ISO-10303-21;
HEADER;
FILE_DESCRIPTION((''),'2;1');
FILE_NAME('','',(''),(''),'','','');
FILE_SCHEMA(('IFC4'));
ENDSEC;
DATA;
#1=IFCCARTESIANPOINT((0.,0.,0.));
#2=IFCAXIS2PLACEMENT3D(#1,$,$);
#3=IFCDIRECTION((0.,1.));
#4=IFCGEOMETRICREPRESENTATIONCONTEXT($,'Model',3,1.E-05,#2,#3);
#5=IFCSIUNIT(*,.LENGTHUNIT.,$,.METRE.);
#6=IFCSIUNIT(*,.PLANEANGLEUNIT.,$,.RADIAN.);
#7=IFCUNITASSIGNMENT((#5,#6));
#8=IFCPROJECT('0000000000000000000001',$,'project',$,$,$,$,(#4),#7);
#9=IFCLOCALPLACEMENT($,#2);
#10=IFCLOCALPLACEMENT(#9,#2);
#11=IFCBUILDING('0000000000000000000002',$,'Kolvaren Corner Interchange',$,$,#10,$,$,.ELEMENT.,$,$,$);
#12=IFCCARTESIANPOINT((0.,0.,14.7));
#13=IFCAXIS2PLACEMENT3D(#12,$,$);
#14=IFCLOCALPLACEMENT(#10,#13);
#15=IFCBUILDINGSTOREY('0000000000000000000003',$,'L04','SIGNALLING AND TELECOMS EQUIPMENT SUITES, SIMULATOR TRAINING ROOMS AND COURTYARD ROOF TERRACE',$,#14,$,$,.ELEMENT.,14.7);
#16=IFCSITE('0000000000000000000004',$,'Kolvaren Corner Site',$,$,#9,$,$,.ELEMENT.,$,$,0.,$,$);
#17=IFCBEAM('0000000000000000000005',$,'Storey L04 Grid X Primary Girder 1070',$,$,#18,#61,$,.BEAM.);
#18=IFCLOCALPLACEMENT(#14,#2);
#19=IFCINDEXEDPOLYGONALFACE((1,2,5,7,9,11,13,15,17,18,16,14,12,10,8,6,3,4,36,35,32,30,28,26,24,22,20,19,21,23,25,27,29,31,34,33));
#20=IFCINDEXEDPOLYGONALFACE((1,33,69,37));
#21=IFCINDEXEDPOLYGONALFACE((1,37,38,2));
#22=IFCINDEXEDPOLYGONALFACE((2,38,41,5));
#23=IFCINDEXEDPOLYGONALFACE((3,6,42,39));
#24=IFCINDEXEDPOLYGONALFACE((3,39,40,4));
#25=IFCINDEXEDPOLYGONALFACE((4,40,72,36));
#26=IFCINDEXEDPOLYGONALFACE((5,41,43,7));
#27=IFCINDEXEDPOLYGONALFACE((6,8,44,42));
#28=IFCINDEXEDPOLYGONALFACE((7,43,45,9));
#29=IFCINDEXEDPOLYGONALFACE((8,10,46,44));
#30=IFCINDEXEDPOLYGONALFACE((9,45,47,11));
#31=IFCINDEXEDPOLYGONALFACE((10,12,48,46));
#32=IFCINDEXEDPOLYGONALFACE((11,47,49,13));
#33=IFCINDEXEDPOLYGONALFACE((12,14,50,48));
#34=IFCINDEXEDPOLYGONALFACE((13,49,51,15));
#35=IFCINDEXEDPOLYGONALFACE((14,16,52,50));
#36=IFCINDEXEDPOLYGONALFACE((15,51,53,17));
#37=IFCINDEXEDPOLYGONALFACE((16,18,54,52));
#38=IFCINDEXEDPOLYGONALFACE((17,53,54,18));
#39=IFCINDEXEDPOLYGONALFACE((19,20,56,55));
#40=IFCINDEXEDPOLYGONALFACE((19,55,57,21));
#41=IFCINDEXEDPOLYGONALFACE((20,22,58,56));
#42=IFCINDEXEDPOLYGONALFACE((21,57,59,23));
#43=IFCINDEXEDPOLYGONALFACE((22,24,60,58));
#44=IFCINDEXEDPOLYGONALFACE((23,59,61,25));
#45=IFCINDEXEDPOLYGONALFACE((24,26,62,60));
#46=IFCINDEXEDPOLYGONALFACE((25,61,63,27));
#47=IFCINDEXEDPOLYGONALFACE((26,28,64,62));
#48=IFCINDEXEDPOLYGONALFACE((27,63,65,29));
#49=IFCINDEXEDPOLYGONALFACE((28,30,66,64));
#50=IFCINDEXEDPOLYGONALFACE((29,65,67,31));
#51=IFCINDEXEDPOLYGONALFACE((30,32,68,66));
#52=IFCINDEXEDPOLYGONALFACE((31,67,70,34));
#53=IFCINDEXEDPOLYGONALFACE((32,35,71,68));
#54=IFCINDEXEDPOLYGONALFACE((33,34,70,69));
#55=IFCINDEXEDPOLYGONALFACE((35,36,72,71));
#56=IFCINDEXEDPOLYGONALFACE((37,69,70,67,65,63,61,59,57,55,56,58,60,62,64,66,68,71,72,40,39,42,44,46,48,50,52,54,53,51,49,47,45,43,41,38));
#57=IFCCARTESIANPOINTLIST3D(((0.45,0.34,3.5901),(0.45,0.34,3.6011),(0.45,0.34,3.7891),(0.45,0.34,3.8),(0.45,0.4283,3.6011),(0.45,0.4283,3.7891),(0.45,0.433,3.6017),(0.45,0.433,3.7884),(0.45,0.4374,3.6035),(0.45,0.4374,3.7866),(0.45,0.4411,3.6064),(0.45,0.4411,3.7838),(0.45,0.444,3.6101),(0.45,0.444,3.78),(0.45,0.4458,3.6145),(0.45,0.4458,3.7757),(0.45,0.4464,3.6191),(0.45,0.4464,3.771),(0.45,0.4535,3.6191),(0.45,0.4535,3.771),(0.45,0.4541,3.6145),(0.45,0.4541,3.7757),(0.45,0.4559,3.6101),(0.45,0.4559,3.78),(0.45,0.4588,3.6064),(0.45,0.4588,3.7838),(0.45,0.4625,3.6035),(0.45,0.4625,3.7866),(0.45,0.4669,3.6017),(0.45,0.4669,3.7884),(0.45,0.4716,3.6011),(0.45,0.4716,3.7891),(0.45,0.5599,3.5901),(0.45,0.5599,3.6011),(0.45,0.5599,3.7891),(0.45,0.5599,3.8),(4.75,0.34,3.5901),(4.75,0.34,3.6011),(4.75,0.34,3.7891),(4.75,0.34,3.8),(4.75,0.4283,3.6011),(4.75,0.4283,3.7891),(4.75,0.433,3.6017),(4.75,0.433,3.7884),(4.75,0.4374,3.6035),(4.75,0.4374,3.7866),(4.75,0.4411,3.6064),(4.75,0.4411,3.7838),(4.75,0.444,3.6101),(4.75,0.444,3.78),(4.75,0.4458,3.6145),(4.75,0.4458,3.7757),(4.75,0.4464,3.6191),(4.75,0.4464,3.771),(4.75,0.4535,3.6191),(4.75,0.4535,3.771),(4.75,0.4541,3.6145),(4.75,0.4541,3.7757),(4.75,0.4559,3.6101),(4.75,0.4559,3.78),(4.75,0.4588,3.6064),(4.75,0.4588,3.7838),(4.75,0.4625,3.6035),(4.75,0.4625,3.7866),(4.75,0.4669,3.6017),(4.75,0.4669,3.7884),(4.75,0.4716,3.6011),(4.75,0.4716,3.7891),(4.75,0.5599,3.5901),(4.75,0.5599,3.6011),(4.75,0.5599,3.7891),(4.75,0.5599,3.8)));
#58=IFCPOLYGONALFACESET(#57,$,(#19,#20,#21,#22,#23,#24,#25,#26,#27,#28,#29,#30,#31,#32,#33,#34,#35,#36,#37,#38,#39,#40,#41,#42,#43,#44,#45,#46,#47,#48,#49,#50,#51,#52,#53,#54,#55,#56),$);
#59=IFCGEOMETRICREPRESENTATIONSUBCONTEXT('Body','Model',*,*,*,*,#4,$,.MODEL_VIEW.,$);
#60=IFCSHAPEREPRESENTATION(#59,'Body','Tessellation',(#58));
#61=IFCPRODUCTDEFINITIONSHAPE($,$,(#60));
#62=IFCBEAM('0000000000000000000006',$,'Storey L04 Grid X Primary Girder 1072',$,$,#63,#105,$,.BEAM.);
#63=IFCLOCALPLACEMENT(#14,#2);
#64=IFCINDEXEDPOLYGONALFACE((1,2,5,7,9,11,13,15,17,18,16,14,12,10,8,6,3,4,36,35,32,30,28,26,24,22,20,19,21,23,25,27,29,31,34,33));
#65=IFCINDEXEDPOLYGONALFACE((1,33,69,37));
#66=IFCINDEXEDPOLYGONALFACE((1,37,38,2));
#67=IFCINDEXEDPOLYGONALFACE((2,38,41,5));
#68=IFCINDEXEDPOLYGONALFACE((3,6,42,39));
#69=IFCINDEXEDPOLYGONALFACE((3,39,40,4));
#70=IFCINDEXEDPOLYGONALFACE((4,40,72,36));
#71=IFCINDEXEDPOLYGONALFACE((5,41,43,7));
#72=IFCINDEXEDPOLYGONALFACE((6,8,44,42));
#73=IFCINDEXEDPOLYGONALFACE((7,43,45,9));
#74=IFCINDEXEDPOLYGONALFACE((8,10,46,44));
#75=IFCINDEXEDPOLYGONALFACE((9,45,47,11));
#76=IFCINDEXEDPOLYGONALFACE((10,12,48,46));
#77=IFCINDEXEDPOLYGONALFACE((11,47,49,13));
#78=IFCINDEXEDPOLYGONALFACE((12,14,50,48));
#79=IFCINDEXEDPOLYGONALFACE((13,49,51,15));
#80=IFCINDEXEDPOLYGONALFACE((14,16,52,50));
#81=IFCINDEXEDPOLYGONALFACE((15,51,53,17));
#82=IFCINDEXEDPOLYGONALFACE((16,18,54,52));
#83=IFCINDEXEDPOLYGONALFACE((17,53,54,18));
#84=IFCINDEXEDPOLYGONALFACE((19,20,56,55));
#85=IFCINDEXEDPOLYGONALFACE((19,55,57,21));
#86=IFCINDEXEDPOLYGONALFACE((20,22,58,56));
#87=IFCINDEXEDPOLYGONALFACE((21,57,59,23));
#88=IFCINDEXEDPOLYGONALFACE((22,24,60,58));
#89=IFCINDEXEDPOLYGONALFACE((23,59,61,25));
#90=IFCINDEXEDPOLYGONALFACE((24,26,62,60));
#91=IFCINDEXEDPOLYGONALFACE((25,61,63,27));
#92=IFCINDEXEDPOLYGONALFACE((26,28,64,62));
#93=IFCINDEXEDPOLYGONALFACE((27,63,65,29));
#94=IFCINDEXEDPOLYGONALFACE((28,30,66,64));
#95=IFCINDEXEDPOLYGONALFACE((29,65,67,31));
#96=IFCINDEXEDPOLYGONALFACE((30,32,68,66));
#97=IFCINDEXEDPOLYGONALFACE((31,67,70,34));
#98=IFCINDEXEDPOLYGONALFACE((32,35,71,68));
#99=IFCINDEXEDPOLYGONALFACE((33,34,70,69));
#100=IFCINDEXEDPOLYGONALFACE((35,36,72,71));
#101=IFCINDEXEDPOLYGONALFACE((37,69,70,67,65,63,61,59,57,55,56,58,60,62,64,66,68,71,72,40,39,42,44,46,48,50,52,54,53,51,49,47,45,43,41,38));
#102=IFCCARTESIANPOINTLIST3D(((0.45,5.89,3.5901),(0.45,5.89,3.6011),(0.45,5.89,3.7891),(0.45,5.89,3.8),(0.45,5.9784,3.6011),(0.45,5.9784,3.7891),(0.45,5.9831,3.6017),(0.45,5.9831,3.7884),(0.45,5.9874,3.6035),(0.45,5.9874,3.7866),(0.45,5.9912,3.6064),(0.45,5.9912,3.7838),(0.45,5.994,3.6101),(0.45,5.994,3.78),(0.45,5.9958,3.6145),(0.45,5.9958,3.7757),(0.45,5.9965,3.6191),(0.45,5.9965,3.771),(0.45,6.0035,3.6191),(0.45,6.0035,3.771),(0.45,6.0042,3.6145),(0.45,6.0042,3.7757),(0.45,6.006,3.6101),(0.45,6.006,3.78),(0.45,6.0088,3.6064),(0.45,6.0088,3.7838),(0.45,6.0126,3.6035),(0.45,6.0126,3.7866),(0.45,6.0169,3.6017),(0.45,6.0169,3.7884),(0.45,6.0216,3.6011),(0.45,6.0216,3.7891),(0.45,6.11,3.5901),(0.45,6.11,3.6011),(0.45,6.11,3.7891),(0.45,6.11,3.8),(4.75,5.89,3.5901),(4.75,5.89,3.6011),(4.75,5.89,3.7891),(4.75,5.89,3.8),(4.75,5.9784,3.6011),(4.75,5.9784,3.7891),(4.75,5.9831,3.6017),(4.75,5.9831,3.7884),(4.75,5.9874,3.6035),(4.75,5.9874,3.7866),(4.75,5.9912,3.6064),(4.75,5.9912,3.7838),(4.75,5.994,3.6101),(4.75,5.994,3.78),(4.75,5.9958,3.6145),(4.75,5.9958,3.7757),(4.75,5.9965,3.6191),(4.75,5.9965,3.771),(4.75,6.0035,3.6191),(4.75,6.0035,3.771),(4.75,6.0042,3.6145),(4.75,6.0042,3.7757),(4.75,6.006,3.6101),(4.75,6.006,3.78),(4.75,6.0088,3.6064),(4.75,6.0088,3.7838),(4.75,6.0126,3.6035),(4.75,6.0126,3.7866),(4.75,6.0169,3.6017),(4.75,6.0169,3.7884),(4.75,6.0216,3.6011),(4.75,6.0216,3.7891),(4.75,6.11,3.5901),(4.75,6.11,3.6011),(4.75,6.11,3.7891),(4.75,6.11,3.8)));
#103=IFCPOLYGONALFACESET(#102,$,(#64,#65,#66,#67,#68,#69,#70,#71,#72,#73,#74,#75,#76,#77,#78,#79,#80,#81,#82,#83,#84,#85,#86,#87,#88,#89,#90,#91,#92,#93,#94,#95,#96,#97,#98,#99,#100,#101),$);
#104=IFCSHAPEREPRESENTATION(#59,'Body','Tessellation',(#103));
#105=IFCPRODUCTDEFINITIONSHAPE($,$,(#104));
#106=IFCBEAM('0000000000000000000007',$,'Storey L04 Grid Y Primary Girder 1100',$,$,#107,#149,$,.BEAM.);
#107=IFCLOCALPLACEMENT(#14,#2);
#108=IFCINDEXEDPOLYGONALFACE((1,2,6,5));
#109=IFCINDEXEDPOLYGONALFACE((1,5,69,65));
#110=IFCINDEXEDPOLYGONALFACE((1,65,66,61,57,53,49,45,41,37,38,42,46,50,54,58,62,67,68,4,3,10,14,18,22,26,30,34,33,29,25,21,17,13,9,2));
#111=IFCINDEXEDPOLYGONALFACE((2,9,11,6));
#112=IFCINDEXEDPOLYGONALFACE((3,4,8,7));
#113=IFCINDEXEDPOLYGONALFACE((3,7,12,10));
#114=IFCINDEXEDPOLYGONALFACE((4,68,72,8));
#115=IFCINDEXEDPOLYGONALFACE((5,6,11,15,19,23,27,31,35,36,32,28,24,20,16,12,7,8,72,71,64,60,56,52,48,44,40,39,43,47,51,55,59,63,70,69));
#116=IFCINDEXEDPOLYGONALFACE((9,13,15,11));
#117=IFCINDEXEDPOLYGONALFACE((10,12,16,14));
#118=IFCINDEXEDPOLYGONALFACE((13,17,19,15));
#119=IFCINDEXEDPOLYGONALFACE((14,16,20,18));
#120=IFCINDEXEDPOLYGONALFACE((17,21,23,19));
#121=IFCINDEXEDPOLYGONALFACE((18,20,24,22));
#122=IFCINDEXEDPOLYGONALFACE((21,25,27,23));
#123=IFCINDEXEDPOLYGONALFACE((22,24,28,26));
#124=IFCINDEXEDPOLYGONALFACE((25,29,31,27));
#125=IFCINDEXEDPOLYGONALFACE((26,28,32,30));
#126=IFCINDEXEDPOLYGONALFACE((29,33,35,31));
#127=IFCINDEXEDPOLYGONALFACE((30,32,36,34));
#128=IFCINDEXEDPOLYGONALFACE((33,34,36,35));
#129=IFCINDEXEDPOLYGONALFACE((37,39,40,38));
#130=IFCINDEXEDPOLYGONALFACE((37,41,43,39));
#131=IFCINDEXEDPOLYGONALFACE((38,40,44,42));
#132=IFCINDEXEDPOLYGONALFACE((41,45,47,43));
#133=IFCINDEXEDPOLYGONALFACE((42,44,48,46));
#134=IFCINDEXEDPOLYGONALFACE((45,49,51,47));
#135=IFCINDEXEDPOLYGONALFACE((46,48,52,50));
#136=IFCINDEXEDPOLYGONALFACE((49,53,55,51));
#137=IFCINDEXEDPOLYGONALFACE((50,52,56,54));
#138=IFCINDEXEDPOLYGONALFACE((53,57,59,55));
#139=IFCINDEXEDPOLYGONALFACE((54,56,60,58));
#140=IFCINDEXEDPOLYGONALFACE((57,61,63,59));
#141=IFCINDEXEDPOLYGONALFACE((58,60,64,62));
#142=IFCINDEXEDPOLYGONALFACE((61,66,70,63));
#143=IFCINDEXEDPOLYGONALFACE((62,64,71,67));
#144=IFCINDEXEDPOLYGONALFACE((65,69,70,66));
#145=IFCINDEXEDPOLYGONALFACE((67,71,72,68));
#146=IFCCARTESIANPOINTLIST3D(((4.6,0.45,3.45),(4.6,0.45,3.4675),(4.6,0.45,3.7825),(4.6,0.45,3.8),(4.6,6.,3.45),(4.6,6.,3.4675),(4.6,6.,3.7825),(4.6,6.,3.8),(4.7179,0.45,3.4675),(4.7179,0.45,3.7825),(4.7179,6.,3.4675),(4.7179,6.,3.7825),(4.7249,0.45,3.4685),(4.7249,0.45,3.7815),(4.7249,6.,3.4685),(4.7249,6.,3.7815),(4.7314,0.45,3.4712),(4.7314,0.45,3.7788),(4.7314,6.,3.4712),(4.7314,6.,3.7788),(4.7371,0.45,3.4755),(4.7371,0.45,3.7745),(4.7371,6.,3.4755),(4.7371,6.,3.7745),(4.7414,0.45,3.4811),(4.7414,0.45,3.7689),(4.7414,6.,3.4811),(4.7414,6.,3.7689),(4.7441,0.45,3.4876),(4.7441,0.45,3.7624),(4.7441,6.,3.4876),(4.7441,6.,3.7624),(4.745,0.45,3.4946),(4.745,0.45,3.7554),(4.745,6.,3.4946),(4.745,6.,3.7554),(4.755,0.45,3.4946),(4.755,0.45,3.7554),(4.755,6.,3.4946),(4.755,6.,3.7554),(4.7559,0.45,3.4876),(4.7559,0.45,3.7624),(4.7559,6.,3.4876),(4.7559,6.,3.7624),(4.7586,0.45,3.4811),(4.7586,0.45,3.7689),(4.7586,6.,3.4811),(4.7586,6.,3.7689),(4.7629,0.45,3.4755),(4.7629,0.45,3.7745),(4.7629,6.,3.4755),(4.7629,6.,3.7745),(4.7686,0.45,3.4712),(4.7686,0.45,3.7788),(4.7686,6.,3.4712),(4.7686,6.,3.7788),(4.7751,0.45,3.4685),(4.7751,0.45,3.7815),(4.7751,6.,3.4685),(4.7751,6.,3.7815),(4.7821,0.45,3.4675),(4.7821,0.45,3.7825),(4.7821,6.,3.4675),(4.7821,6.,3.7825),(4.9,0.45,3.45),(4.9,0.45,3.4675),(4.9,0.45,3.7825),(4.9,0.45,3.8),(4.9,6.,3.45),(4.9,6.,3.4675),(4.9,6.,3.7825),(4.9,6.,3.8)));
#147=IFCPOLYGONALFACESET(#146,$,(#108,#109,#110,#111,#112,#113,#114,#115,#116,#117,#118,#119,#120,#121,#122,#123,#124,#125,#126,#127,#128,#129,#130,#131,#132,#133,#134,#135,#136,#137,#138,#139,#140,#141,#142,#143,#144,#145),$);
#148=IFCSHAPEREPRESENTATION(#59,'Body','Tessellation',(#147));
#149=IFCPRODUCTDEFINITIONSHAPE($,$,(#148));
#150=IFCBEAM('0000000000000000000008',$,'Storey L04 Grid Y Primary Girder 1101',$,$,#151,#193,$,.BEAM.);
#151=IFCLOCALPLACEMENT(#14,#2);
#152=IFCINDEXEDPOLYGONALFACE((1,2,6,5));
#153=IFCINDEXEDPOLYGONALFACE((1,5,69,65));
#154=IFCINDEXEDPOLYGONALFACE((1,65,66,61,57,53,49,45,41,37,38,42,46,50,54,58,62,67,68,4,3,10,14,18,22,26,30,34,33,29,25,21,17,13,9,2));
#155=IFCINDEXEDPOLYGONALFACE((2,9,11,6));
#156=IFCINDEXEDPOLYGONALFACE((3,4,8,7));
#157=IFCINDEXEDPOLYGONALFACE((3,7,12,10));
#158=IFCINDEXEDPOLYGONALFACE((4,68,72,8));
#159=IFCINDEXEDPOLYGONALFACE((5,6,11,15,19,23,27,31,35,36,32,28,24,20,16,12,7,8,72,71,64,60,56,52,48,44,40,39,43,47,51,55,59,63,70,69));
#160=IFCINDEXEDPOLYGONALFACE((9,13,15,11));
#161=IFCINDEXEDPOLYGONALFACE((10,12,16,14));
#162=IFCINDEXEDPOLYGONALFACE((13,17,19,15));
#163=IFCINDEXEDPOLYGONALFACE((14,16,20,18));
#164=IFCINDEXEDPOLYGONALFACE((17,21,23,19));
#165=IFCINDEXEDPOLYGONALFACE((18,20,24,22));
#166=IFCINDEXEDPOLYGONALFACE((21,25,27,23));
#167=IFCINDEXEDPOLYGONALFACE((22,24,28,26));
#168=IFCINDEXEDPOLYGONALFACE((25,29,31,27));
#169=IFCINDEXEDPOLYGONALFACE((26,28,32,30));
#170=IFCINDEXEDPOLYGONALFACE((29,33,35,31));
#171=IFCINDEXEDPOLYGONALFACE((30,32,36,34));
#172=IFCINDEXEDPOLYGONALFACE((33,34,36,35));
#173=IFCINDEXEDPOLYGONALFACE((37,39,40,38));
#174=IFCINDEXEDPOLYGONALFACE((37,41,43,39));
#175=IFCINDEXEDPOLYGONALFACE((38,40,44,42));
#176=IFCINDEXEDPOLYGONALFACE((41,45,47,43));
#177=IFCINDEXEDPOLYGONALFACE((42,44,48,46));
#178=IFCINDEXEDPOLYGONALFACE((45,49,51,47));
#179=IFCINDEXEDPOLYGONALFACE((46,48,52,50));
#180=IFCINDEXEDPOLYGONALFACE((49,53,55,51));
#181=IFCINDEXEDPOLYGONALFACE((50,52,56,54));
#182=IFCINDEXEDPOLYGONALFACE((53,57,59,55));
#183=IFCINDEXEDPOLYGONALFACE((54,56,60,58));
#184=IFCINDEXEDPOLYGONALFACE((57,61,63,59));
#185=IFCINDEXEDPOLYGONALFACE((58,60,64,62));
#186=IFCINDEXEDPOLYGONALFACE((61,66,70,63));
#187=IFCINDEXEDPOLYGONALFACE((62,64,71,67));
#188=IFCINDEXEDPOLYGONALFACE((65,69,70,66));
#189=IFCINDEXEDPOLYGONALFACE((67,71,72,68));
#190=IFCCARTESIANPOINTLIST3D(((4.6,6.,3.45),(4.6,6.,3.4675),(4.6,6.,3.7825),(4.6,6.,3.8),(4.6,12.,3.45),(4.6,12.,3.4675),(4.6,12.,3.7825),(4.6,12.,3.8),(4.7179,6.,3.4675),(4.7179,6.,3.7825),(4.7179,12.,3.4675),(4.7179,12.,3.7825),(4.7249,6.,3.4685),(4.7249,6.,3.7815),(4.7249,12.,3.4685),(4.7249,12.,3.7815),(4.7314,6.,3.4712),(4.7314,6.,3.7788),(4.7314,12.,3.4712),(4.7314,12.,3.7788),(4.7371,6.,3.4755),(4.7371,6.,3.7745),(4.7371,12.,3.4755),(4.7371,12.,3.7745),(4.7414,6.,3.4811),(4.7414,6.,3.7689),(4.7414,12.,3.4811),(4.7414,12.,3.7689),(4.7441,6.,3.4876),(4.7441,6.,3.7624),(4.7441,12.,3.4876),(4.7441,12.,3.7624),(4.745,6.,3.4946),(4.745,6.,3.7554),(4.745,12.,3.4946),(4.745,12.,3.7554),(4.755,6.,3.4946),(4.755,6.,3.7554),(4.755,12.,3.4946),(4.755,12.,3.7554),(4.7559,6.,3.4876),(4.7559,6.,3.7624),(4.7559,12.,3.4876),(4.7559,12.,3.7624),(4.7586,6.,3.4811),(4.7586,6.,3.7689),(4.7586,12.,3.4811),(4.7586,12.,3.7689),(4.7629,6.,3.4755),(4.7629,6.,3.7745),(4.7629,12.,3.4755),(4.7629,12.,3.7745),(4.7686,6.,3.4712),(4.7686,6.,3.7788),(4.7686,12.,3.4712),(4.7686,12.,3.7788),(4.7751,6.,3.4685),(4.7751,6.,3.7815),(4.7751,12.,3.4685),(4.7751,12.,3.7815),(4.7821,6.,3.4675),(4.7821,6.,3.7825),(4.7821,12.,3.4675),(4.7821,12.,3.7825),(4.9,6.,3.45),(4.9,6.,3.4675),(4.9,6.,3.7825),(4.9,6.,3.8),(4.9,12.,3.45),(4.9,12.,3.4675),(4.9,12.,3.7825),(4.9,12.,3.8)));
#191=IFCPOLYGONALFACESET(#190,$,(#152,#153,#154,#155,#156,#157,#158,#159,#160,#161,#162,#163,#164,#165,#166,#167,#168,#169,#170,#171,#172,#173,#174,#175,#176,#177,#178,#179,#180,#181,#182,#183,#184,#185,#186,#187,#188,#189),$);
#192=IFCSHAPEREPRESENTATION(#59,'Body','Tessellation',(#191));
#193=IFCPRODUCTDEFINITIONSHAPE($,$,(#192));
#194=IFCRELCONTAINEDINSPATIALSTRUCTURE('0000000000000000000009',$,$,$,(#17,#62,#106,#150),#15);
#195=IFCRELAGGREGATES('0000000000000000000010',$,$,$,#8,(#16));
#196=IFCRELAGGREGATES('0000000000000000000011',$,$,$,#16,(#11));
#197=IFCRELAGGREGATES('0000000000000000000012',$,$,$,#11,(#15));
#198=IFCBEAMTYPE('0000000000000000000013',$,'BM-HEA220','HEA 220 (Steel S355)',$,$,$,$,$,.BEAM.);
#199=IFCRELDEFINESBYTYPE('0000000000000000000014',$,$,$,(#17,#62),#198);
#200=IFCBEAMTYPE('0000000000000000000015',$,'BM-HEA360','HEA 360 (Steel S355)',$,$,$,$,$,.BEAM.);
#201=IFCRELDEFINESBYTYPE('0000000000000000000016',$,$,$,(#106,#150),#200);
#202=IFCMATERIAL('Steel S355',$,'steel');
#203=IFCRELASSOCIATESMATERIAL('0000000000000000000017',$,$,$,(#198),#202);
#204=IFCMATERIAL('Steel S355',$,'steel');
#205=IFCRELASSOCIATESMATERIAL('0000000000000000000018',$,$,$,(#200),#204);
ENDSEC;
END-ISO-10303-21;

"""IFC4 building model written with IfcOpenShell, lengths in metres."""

from ifc_helpers import new_model, si_unit, direction, frame, origin, origin_2d, place, context, subcontext, project, spatial, i_section, extrude, material, material_profile, profile_set, type_object, element, save


model = new_model("IFC4")

# Units and contexts
model_context = context("Model", 3, precision=1e-05, world=origin(), true_north=direction((0.0, 1.0)))
body_context = subcontext(model_context, "Body", "Model", "MODEL_VIEW")
ifc_project = project(units=[si_unit("LENGTHUNIT", "METRE"), si_unit("PLANEANGLEUNIT", "RADIAN")], contexts=[model_context])

# Site, building, storey
site_placement = place(None, origin())
site = spatial("IfcSite", under=ifc_project, at=site_placement, Name="Kolvaren Corner Site", CompositionType="ELEMENT", RefElevation=0.0)
building_placement = place(site_placement, origin())
building = spatial("IfcBuilding", under=site, at=building_placement, Name="Kolvaren Corner Interchange", CompositionType="ELEMENT")
storey_placement = place(building_placement, frame((0.0, 0.0, 14.7)))
storey = spatial("IfcBuildingStorey", under=building, at=storey_placement, Name="L04", Description="SIGNALLING AND TELECOMS EQUIPMENT SUITES, SIMULATOR TRAINING ROOMS AND COURTYARD ROOF TERRACE", CompositionType="ELEMENT", Elevation=14.7)

# Beams
ifc_material_1 = material(Name="Steel S355", Category="steel")
ifc_material_profile_1 = material_profile(ifc_material_1, i_section(OverallWidth=0.22, OverallDepth=0.21, WebThickness=0.0071, FlangeThickness=0.011, FilletRadius=0.0181, at=origin_2d()), Name="HEA 220")
ifc_profile_set_1 = profile_set([ifc_material_profile_1], Name="Steel S355")
beam_type_1 = type_object("IfcBeamType", Name="BM-HEA220", Description="HEA 220 (Steel S355)", PredefinedType="BEAM", material=ifc_profile_set_1)
for number, where, z_axis, x_axis, name in (
    (1, (0.45, 0.45, 3.6951), (1.0, 0.0, 0.0), (0.0, 1.0, 0.0), "Storey L04 Grid X Primary Girder 1070"),
    (2, (0.45, 6.0, 3.6951), (1.0, 0.0, 0.0), (0.0, 1.0, 0.0), "Storey L04 Grid X Primary Girder 1072"),
):
    element("IfcBeam", number, at=place(storey_placement, frame(where, z_axis=z_axis, x_axis=x_axis)), inside=storey, type_object=beam_type_1, Name=name, PredefinedType="BEAM", context=body_context, shape_type="SweptSolid", body=[
        extrude(i_section(OverallWidth=0.22, OverallDepth=0.21, WebThickness=0.0071, FlangeThickness=0.011, FilletRadius=0.0181, at=origin_2d()), origin(), (0.0, 0.0, 1.0), 4.3),
    ])
ifc_material_2 = material(Name="Steel S355", Category="steel")
ifc_material_profile_2 = material_profile(ifc_material_2, i_section(OverallWidth=0.3, OverallDepth=0.3501, WebThickness=0.01, FlangeThickness=0.0176, FilletRadius=0.0271, at=origin_2d()), Name="HEA 360")
ifc_profile_set_2 = profile_set([ifc_material_profile_2], Name="Steel S355")
beam_type_2 = type_object("IfcBeamType", Name="BM-HEA360", Description="HEA 360 (Steel S355)", PredefinedType="BEAM", material=ifc_profile_set_2)
beam_1_placement = place(storey_placement, frame((4.75, 0.45, 3.625), z_axis=(0.0, 1.0, 0.0), x_axis=(-1.0, 0.0, 0.0)))
element("IfcBeam", 3, at=beam_1_placement, inside=storey, type_object=beam_type_2, Name="Storey L04 Grid Y Primary Girder 1100", PredefinedType="BEAM", context=body_context, shape_type="SweptSolid", body=[
    extrude(i_section(OverallWidth=0.3, OverallDepth=0.3501, WebThickness=0.01, FlangeThickness=0.0176, FilletRadius=0.0271, at=origin_2d()), origin(), (0.0, 0.0, 1.0), 5.55),
])
beam_2_placement = place(storey_placement, frame((4.75, 6.0, 3.625), z_axis=(0.0, 1.0, 0.0), x_axis=(-1.0, 0.0, 0.0)))
element("IfcBeam", 4, at=beam_2_placement, inside=storey, type_object=beam_type_2, Name="Storey L04 Grid Y Primary Girder 1101", PredefinedType="BEAM", context=body_context, shape_type="SweptSolid", body=[
    extrude(i_section(OverallWidth=0.3, OverallDepth=0.3501, WebThickness=0.01, FlangeThickness=0.0176, FilletRadius=0.0271, at=origin_2d()), origin(), (0.0, 0.0, 1.0), 6.0),
])

save(model, "model.ifc")
